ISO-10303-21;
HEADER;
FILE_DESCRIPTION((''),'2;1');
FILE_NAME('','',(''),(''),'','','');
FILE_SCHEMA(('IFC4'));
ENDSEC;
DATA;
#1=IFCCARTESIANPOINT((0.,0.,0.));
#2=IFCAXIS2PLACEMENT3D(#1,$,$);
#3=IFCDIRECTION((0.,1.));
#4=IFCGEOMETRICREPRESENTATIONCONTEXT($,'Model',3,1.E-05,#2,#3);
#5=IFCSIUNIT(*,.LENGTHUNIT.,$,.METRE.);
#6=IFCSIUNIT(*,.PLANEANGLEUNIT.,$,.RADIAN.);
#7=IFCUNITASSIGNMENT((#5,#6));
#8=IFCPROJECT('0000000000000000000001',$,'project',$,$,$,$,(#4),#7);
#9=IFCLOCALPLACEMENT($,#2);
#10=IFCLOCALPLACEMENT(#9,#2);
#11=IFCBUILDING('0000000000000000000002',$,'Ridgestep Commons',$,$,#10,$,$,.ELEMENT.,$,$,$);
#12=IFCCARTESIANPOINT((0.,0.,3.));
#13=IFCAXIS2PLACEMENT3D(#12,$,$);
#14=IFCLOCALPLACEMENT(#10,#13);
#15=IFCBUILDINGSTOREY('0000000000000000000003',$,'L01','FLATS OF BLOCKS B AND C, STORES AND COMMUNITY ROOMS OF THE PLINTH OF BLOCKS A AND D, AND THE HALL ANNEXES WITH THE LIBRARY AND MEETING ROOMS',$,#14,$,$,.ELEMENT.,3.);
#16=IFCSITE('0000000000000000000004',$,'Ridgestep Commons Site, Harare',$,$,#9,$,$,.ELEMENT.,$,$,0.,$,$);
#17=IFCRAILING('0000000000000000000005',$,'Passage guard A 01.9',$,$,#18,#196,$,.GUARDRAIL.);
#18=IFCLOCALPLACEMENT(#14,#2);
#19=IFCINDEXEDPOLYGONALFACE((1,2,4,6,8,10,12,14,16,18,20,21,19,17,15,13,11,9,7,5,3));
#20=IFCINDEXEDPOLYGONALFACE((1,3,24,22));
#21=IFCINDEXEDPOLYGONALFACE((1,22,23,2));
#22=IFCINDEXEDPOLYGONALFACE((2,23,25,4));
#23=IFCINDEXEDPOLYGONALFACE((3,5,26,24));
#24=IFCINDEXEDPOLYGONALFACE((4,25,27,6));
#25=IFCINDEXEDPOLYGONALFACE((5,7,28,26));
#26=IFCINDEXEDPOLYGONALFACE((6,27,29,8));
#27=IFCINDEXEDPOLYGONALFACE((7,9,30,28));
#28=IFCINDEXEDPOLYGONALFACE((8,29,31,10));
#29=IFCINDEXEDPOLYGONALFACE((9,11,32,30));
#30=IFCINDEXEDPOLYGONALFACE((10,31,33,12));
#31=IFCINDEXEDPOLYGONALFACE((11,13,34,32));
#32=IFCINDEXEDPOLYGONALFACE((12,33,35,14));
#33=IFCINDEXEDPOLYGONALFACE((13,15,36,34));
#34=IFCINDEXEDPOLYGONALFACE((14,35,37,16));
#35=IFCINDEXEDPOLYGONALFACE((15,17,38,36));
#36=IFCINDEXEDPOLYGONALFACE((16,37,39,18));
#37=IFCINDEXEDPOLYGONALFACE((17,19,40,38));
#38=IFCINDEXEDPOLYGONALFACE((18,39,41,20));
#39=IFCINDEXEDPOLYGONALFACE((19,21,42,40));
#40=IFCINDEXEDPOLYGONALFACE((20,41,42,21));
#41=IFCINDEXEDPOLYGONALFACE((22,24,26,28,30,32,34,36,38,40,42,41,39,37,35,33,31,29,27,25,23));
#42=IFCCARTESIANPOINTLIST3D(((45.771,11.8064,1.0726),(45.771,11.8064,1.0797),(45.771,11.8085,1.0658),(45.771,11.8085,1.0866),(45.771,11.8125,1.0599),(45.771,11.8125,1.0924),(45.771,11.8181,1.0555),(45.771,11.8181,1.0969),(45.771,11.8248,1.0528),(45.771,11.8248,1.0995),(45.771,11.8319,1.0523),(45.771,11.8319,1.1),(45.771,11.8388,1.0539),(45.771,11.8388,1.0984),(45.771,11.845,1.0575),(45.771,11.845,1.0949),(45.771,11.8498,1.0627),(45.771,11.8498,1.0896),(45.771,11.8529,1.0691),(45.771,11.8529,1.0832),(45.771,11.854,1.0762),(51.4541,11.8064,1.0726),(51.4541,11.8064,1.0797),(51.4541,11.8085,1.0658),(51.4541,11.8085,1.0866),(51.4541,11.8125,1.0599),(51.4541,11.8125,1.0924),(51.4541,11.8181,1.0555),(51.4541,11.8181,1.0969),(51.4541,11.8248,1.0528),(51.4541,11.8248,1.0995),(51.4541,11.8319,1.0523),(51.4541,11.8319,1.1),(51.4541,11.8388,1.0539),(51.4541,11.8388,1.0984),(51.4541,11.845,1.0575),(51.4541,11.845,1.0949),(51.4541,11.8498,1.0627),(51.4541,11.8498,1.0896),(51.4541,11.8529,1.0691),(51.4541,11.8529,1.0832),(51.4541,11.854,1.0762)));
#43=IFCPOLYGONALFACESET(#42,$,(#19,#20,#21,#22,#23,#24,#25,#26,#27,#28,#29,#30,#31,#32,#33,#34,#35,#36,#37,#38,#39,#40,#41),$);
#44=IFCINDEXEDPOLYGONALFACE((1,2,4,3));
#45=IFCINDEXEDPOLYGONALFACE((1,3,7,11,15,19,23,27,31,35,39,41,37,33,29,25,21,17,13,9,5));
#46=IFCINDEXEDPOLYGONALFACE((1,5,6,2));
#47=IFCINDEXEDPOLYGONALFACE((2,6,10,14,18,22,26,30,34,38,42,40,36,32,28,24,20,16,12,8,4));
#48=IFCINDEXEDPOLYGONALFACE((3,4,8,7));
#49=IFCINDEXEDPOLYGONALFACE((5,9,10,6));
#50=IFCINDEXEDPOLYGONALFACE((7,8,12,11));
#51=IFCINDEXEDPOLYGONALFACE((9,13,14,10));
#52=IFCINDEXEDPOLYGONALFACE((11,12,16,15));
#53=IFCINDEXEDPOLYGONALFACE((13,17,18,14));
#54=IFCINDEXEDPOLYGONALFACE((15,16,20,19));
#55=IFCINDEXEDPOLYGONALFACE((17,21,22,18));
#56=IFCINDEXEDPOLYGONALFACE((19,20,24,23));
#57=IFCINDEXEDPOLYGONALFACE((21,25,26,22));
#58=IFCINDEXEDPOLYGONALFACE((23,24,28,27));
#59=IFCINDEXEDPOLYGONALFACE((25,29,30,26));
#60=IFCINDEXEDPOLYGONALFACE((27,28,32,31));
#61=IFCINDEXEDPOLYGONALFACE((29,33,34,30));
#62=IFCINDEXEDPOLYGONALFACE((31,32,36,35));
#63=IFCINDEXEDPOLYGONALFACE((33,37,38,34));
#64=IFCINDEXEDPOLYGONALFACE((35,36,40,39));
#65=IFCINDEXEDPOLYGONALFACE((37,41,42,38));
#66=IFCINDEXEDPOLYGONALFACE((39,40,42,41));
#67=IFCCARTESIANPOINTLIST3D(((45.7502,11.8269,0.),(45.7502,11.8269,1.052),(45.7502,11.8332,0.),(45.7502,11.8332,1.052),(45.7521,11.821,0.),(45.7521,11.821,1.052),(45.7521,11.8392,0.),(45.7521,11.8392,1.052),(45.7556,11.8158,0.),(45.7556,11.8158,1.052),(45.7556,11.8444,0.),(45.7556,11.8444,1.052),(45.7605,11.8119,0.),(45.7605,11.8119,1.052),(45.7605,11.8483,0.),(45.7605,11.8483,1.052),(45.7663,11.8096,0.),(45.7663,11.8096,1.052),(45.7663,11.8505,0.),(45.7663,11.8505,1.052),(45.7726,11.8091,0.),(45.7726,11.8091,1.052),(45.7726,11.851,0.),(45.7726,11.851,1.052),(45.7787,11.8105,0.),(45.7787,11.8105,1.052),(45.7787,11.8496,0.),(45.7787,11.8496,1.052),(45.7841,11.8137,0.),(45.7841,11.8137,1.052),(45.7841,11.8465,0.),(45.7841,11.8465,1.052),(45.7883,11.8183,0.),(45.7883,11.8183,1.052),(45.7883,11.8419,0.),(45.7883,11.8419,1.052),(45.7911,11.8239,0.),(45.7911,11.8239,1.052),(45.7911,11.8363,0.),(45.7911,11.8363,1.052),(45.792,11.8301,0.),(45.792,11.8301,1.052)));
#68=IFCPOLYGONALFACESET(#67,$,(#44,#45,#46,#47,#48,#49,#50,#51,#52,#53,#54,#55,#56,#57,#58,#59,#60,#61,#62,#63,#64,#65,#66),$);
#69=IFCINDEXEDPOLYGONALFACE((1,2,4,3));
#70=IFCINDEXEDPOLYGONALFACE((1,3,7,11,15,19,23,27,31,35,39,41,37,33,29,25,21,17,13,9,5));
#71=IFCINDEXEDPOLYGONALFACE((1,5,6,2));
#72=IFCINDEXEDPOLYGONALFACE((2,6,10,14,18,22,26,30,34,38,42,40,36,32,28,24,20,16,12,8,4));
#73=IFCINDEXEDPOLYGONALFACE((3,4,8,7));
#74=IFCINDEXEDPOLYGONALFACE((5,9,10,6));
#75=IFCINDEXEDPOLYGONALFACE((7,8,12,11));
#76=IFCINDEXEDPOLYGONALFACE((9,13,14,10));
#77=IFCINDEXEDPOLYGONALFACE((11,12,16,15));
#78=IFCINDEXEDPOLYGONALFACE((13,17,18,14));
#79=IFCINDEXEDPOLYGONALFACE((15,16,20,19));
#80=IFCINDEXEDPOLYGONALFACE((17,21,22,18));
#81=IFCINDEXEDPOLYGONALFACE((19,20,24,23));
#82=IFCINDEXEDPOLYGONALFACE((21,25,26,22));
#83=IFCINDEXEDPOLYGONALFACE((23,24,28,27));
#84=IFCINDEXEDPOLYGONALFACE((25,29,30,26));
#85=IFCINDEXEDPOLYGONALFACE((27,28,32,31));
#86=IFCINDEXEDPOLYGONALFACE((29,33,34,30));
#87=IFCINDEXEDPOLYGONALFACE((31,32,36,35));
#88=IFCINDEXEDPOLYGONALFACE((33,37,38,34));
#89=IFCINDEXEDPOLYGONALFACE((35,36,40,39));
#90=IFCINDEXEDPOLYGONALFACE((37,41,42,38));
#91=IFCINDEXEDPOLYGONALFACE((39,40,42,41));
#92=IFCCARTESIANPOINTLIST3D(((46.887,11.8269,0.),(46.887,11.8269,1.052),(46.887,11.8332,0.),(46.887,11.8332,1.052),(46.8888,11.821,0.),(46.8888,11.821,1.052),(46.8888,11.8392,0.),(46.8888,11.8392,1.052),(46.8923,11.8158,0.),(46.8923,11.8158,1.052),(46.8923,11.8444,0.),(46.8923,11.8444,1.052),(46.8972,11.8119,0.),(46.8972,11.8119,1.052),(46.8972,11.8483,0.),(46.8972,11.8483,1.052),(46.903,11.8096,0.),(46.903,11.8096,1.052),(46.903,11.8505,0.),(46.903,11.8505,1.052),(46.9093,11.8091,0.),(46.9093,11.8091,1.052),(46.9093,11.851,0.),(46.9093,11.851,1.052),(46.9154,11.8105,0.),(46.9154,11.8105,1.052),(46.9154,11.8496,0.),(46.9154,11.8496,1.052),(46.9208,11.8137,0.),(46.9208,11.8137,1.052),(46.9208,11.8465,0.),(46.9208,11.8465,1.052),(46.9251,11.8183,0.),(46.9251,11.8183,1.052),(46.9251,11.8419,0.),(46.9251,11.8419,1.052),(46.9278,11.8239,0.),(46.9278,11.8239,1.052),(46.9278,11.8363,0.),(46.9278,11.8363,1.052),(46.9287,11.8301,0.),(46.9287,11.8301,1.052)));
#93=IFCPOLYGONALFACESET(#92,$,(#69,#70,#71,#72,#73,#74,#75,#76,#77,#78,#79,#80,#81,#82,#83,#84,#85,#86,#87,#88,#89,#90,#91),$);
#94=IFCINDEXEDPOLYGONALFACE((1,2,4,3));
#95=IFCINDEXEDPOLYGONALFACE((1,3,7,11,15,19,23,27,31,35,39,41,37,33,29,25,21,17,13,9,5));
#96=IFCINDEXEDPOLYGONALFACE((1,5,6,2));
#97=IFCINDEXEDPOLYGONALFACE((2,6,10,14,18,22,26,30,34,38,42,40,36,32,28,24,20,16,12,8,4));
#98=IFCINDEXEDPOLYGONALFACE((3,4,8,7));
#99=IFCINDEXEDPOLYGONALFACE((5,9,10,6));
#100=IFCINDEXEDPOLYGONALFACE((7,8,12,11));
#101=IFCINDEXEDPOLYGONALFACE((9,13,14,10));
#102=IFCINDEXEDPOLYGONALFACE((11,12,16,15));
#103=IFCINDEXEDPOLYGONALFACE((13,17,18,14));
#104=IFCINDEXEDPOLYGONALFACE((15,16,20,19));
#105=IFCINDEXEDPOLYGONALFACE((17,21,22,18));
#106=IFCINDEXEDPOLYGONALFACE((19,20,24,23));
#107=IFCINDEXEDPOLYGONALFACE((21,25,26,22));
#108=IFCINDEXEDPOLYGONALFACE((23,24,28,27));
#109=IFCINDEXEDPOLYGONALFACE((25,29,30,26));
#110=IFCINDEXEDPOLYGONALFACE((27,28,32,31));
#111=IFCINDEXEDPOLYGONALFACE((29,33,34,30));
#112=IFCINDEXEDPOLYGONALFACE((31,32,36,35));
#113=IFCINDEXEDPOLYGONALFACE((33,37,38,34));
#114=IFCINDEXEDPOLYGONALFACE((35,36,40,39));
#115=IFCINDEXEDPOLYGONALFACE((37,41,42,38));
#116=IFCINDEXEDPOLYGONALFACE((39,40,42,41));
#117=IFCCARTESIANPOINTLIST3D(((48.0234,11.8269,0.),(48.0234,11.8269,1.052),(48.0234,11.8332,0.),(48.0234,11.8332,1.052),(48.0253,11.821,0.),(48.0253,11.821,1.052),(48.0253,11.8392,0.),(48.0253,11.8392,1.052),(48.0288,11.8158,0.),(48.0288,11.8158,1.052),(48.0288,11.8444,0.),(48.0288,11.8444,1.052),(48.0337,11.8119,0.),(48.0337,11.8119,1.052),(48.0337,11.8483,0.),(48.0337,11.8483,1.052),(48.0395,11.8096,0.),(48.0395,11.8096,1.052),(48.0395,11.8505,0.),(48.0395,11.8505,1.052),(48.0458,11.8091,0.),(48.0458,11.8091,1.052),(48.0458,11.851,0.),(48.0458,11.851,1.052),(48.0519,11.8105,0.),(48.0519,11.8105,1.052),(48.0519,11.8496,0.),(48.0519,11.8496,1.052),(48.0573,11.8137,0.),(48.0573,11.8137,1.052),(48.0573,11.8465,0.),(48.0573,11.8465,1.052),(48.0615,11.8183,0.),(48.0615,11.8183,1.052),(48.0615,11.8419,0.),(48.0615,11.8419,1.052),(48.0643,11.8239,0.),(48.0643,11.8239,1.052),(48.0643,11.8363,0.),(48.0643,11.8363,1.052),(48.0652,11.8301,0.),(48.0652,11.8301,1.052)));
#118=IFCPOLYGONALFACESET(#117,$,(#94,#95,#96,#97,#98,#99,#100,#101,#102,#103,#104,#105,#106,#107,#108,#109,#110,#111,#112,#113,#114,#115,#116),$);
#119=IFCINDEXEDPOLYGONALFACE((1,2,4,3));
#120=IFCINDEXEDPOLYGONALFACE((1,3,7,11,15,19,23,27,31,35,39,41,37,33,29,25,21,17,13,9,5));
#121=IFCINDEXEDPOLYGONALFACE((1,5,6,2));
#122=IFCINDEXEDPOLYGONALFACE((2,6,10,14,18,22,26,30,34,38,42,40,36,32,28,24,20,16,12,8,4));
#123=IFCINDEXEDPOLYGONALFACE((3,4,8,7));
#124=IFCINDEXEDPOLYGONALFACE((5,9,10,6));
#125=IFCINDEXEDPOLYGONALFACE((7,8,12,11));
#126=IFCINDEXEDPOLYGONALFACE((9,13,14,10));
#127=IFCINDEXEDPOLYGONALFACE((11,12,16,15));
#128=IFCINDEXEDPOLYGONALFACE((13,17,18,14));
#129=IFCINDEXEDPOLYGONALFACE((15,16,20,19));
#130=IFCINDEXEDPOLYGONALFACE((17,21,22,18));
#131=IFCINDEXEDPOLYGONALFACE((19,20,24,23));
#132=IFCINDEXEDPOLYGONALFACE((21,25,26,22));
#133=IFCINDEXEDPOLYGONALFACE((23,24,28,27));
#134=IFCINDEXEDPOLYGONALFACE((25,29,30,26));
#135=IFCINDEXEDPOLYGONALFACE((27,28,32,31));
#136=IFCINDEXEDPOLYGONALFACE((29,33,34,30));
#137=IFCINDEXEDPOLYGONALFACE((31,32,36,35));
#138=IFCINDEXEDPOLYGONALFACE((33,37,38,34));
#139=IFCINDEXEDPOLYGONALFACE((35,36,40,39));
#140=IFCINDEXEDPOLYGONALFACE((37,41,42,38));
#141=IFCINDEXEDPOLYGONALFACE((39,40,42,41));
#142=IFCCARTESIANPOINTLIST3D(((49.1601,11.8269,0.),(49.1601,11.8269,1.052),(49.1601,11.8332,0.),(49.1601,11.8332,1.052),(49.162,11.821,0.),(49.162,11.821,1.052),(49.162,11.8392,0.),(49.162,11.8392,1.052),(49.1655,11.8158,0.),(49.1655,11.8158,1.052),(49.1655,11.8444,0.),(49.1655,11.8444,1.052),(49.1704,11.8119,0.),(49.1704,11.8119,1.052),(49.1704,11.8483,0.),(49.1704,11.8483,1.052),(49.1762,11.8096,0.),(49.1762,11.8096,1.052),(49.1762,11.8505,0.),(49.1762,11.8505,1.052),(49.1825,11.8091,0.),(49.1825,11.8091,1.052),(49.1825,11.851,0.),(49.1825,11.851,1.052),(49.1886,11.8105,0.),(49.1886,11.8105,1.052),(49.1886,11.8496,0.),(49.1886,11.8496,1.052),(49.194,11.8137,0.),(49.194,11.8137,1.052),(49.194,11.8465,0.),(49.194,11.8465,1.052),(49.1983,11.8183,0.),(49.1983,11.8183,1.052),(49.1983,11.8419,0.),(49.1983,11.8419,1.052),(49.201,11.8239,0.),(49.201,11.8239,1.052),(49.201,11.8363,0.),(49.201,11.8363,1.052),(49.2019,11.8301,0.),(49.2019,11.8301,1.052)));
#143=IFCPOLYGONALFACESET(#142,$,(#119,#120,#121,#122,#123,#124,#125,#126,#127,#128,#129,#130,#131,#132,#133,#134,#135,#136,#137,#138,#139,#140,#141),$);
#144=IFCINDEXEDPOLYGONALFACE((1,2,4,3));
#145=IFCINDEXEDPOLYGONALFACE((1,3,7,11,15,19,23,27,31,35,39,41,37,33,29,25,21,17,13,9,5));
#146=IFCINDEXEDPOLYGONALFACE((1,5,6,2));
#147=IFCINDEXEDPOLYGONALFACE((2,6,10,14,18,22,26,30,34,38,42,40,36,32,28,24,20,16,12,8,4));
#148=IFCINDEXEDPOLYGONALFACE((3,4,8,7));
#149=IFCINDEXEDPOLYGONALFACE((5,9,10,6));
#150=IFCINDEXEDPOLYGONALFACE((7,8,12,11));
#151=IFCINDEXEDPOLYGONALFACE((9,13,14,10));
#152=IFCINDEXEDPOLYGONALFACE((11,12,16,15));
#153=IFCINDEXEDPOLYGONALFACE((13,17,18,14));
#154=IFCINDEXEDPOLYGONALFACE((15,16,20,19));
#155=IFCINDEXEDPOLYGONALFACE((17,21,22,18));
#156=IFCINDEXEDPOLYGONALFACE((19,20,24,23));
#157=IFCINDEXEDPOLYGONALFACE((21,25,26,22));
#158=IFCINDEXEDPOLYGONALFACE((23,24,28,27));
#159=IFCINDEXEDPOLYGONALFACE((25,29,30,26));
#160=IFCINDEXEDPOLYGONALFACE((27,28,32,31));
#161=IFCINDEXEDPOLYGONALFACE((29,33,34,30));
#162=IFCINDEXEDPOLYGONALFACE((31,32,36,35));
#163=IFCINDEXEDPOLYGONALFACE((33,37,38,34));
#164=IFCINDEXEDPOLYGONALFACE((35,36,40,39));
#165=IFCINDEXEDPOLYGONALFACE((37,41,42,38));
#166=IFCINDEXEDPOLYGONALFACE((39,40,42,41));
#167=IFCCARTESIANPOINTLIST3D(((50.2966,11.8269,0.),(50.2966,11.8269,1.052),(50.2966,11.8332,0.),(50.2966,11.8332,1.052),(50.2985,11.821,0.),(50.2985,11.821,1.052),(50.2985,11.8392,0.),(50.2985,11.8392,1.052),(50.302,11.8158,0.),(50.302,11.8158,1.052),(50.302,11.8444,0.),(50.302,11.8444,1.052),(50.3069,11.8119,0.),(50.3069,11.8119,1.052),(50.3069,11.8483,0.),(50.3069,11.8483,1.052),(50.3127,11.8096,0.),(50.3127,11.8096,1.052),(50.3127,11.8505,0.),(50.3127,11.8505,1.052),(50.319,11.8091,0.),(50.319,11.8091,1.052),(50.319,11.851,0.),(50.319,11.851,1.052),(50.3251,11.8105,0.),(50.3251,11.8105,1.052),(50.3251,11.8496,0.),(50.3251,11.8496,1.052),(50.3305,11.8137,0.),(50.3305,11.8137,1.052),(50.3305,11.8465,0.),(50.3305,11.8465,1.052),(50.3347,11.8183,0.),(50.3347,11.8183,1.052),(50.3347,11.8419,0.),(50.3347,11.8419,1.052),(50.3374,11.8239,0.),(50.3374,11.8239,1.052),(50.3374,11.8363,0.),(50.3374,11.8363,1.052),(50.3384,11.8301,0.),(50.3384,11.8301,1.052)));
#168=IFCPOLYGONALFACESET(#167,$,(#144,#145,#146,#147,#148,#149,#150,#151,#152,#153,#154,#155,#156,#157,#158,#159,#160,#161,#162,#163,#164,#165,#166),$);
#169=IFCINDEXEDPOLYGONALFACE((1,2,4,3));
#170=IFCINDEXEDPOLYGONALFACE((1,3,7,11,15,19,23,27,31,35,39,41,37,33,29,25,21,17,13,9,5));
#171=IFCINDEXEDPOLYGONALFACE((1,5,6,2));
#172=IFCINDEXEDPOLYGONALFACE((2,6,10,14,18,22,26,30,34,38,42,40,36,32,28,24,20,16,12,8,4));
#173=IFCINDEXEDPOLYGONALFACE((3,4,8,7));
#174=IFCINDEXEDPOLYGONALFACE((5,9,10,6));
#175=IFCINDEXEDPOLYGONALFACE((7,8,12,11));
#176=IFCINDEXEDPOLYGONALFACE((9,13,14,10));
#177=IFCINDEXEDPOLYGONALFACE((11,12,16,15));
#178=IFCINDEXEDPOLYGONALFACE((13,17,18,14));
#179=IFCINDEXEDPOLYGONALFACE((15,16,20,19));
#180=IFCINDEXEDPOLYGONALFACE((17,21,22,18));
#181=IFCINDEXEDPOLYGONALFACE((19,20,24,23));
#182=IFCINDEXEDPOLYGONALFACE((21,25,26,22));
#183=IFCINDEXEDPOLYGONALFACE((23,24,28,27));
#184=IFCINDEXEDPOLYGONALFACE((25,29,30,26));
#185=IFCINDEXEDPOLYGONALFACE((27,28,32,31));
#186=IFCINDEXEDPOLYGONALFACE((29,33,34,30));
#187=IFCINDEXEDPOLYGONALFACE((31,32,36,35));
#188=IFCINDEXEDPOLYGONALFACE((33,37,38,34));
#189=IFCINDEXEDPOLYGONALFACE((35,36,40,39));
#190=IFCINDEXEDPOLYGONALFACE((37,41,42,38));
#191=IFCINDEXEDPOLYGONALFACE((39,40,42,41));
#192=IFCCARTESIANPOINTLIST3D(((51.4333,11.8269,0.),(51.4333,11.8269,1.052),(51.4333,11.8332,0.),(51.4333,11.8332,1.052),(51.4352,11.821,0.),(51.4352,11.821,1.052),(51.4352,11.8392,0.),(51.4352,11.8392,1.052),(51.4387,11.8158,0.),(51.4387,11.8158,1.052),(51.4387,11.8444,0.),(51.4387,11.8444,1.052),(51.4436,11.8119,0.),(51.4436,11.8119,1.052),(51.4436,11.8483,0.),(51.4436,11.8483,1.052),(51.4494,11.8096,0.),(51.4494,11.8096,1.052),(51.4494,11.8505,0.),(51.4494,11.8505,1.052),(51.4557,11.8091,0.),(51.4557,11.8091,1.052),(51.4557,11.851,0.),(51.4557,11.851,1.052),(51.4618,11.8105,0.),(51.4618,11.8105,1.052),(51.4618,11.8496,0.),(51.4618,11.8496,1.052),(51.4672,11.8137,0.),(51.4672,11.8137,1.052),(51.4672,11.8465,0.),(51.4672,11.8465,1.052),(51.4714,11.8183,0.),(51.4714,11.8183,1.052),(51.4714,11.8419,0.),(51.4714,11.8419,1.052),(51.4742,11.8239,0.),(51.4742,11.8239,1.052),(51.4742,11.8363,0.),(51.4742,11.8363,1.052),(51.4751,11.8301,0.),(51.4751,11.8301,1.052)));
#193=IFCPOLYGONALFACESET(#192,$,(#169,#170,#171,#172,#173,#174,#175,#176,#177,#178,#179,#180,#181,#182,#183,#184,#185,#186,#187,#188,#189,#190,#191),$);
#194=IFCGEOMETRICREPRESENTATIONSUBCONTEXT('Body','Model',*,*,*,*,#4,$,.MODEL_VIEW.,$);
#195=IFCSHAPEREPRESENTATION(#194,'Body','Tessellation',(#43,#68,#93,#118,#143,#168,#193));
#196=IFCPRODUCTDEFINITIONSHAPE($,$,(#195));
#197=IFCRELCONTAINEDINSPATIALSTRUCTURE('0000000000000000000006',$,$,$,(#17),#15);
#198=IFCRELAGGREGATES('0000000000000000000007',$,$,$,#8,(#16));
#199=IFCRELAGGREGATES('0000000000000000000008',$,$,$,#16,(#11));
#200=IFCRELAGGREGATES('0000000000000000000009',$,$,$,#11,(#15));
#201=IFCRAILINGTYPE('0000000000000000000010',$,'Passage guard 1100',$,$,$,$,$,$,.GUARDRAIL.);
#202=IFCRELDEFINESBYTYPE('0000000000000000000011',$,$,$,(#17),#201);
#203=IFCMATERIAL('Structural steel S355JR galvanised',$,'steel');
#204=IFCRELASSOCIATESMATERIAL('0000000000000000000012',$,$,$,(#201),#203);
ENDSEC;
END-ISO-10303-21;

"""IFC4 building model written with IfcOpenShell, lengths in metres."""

from ifc_helpers import new_model, si_unit, direction, frame, origin, origin_2d, place, context, subcontext, project, spatial, circle, extrude, material, type_object, element, save


model = new_model("IFC4")

# Units and contexts
model_context = context("Model", 3, precision=1e-05, world=origin(), true_north=direction((0.0, 1.0)))
body_context = subcontext(model_context, "Body", "Model", "MODEL_VIEW")
ifc_project = project(units=[si_unit("LENGTHUNIT", "METRE"), si_unit("PLANEANGLEUNIT", "RADIAN")], contexts=[model_context])

# Site, building, storey
site_placement = place(None, origin())
site = spatial("IfcSite", under=ifc_project, at=site_placement, Name="Ridgestep Commons Site, Harare", CompositionType="ELEMENT", RefElevation=0.0)
building_placement = place(site_placement, origin())
building = spatial("IfcBuilding", under=site, at=building_placement, Name="Ridgestep Commons", CompositionType="ELEMENT")
storey_placement = place(building_placement, frame((0.0, 0.0, 3.0)))
storey = spatial("IfcBuildingStorey", under=building, at=storey_placement, Name="L01", Description="FLATS OF BLOCKS B AND C, STORES AND COMMUNITY ROOMS OF THE PLINTH OF BLOCKS A AND D, AND THE HALL ANNEXES WITH THE LIBRARY AND MEETING ROOMS", CompositionType="ELEMENT", Elevation=3.0)

# Railing
ifc_material_1 = material(Name="Structural steel S355JR galvanised", Category="steel")
railing_type = type_object("IfcRailingType", Name="Passage guard 1100", PredefinedType="GUARDRAIL", material=ifc_material_1)
railing_1_placement = place(storey_placement, frame((45.771, 11.8301, 0.0)))
element("IfcRailing", 1, at=railing_1_placement, inside=storey, type_object=railing_type, Name="Passage guard A 01.9", PredefinedType="GUARDRAIL", context=body_context, shape_type="SweptSolid", body=[
    extrude(circle(Radius=0.0239, at=origin_2d()), frame((0.0, 0.0, 1.0762), z_axis=(1.0, 0.0, 0.0), x_axis=(0.0, 1.0, 0.0)), (0.0, 0.0, 1.0), 5.6831),
    extrude(circle(Radius=0.021, at=origin_2d()), origin(), (0.0, 0.0, 1.0), 1.052),
    extrude(circle(Radius=0.021, at=origin_2d()), frame((1.1367, 0.0, 0.0)), (0.0, 0.0, 1.0), 1.052),
    extrude(circle(Radius=0.021, at=origin_2d()), frame((2.2732, 0.0, 0.0)), (0.0, 0.0, 1.0), 1.052),
    extrude(circle(Radius=0.021, at=origin_2d()), frame((3.4099, 0.0, 0.0)), (0.0, 0.0, 1.0), 1.052),
    extrude(circle(Radius=0.021, at=origin_2d()), frame((4.5464, 0.0, 0.0)), (0.0, 0.0, 1.0), 1.052),
    extrude(circle(Radius=0.021, at=origin_2d()), frame((5.6831, 0.0, 0.0)), (0.0, 0.0, 1.0), 1.052),
])

save(model, "model.ifc")
